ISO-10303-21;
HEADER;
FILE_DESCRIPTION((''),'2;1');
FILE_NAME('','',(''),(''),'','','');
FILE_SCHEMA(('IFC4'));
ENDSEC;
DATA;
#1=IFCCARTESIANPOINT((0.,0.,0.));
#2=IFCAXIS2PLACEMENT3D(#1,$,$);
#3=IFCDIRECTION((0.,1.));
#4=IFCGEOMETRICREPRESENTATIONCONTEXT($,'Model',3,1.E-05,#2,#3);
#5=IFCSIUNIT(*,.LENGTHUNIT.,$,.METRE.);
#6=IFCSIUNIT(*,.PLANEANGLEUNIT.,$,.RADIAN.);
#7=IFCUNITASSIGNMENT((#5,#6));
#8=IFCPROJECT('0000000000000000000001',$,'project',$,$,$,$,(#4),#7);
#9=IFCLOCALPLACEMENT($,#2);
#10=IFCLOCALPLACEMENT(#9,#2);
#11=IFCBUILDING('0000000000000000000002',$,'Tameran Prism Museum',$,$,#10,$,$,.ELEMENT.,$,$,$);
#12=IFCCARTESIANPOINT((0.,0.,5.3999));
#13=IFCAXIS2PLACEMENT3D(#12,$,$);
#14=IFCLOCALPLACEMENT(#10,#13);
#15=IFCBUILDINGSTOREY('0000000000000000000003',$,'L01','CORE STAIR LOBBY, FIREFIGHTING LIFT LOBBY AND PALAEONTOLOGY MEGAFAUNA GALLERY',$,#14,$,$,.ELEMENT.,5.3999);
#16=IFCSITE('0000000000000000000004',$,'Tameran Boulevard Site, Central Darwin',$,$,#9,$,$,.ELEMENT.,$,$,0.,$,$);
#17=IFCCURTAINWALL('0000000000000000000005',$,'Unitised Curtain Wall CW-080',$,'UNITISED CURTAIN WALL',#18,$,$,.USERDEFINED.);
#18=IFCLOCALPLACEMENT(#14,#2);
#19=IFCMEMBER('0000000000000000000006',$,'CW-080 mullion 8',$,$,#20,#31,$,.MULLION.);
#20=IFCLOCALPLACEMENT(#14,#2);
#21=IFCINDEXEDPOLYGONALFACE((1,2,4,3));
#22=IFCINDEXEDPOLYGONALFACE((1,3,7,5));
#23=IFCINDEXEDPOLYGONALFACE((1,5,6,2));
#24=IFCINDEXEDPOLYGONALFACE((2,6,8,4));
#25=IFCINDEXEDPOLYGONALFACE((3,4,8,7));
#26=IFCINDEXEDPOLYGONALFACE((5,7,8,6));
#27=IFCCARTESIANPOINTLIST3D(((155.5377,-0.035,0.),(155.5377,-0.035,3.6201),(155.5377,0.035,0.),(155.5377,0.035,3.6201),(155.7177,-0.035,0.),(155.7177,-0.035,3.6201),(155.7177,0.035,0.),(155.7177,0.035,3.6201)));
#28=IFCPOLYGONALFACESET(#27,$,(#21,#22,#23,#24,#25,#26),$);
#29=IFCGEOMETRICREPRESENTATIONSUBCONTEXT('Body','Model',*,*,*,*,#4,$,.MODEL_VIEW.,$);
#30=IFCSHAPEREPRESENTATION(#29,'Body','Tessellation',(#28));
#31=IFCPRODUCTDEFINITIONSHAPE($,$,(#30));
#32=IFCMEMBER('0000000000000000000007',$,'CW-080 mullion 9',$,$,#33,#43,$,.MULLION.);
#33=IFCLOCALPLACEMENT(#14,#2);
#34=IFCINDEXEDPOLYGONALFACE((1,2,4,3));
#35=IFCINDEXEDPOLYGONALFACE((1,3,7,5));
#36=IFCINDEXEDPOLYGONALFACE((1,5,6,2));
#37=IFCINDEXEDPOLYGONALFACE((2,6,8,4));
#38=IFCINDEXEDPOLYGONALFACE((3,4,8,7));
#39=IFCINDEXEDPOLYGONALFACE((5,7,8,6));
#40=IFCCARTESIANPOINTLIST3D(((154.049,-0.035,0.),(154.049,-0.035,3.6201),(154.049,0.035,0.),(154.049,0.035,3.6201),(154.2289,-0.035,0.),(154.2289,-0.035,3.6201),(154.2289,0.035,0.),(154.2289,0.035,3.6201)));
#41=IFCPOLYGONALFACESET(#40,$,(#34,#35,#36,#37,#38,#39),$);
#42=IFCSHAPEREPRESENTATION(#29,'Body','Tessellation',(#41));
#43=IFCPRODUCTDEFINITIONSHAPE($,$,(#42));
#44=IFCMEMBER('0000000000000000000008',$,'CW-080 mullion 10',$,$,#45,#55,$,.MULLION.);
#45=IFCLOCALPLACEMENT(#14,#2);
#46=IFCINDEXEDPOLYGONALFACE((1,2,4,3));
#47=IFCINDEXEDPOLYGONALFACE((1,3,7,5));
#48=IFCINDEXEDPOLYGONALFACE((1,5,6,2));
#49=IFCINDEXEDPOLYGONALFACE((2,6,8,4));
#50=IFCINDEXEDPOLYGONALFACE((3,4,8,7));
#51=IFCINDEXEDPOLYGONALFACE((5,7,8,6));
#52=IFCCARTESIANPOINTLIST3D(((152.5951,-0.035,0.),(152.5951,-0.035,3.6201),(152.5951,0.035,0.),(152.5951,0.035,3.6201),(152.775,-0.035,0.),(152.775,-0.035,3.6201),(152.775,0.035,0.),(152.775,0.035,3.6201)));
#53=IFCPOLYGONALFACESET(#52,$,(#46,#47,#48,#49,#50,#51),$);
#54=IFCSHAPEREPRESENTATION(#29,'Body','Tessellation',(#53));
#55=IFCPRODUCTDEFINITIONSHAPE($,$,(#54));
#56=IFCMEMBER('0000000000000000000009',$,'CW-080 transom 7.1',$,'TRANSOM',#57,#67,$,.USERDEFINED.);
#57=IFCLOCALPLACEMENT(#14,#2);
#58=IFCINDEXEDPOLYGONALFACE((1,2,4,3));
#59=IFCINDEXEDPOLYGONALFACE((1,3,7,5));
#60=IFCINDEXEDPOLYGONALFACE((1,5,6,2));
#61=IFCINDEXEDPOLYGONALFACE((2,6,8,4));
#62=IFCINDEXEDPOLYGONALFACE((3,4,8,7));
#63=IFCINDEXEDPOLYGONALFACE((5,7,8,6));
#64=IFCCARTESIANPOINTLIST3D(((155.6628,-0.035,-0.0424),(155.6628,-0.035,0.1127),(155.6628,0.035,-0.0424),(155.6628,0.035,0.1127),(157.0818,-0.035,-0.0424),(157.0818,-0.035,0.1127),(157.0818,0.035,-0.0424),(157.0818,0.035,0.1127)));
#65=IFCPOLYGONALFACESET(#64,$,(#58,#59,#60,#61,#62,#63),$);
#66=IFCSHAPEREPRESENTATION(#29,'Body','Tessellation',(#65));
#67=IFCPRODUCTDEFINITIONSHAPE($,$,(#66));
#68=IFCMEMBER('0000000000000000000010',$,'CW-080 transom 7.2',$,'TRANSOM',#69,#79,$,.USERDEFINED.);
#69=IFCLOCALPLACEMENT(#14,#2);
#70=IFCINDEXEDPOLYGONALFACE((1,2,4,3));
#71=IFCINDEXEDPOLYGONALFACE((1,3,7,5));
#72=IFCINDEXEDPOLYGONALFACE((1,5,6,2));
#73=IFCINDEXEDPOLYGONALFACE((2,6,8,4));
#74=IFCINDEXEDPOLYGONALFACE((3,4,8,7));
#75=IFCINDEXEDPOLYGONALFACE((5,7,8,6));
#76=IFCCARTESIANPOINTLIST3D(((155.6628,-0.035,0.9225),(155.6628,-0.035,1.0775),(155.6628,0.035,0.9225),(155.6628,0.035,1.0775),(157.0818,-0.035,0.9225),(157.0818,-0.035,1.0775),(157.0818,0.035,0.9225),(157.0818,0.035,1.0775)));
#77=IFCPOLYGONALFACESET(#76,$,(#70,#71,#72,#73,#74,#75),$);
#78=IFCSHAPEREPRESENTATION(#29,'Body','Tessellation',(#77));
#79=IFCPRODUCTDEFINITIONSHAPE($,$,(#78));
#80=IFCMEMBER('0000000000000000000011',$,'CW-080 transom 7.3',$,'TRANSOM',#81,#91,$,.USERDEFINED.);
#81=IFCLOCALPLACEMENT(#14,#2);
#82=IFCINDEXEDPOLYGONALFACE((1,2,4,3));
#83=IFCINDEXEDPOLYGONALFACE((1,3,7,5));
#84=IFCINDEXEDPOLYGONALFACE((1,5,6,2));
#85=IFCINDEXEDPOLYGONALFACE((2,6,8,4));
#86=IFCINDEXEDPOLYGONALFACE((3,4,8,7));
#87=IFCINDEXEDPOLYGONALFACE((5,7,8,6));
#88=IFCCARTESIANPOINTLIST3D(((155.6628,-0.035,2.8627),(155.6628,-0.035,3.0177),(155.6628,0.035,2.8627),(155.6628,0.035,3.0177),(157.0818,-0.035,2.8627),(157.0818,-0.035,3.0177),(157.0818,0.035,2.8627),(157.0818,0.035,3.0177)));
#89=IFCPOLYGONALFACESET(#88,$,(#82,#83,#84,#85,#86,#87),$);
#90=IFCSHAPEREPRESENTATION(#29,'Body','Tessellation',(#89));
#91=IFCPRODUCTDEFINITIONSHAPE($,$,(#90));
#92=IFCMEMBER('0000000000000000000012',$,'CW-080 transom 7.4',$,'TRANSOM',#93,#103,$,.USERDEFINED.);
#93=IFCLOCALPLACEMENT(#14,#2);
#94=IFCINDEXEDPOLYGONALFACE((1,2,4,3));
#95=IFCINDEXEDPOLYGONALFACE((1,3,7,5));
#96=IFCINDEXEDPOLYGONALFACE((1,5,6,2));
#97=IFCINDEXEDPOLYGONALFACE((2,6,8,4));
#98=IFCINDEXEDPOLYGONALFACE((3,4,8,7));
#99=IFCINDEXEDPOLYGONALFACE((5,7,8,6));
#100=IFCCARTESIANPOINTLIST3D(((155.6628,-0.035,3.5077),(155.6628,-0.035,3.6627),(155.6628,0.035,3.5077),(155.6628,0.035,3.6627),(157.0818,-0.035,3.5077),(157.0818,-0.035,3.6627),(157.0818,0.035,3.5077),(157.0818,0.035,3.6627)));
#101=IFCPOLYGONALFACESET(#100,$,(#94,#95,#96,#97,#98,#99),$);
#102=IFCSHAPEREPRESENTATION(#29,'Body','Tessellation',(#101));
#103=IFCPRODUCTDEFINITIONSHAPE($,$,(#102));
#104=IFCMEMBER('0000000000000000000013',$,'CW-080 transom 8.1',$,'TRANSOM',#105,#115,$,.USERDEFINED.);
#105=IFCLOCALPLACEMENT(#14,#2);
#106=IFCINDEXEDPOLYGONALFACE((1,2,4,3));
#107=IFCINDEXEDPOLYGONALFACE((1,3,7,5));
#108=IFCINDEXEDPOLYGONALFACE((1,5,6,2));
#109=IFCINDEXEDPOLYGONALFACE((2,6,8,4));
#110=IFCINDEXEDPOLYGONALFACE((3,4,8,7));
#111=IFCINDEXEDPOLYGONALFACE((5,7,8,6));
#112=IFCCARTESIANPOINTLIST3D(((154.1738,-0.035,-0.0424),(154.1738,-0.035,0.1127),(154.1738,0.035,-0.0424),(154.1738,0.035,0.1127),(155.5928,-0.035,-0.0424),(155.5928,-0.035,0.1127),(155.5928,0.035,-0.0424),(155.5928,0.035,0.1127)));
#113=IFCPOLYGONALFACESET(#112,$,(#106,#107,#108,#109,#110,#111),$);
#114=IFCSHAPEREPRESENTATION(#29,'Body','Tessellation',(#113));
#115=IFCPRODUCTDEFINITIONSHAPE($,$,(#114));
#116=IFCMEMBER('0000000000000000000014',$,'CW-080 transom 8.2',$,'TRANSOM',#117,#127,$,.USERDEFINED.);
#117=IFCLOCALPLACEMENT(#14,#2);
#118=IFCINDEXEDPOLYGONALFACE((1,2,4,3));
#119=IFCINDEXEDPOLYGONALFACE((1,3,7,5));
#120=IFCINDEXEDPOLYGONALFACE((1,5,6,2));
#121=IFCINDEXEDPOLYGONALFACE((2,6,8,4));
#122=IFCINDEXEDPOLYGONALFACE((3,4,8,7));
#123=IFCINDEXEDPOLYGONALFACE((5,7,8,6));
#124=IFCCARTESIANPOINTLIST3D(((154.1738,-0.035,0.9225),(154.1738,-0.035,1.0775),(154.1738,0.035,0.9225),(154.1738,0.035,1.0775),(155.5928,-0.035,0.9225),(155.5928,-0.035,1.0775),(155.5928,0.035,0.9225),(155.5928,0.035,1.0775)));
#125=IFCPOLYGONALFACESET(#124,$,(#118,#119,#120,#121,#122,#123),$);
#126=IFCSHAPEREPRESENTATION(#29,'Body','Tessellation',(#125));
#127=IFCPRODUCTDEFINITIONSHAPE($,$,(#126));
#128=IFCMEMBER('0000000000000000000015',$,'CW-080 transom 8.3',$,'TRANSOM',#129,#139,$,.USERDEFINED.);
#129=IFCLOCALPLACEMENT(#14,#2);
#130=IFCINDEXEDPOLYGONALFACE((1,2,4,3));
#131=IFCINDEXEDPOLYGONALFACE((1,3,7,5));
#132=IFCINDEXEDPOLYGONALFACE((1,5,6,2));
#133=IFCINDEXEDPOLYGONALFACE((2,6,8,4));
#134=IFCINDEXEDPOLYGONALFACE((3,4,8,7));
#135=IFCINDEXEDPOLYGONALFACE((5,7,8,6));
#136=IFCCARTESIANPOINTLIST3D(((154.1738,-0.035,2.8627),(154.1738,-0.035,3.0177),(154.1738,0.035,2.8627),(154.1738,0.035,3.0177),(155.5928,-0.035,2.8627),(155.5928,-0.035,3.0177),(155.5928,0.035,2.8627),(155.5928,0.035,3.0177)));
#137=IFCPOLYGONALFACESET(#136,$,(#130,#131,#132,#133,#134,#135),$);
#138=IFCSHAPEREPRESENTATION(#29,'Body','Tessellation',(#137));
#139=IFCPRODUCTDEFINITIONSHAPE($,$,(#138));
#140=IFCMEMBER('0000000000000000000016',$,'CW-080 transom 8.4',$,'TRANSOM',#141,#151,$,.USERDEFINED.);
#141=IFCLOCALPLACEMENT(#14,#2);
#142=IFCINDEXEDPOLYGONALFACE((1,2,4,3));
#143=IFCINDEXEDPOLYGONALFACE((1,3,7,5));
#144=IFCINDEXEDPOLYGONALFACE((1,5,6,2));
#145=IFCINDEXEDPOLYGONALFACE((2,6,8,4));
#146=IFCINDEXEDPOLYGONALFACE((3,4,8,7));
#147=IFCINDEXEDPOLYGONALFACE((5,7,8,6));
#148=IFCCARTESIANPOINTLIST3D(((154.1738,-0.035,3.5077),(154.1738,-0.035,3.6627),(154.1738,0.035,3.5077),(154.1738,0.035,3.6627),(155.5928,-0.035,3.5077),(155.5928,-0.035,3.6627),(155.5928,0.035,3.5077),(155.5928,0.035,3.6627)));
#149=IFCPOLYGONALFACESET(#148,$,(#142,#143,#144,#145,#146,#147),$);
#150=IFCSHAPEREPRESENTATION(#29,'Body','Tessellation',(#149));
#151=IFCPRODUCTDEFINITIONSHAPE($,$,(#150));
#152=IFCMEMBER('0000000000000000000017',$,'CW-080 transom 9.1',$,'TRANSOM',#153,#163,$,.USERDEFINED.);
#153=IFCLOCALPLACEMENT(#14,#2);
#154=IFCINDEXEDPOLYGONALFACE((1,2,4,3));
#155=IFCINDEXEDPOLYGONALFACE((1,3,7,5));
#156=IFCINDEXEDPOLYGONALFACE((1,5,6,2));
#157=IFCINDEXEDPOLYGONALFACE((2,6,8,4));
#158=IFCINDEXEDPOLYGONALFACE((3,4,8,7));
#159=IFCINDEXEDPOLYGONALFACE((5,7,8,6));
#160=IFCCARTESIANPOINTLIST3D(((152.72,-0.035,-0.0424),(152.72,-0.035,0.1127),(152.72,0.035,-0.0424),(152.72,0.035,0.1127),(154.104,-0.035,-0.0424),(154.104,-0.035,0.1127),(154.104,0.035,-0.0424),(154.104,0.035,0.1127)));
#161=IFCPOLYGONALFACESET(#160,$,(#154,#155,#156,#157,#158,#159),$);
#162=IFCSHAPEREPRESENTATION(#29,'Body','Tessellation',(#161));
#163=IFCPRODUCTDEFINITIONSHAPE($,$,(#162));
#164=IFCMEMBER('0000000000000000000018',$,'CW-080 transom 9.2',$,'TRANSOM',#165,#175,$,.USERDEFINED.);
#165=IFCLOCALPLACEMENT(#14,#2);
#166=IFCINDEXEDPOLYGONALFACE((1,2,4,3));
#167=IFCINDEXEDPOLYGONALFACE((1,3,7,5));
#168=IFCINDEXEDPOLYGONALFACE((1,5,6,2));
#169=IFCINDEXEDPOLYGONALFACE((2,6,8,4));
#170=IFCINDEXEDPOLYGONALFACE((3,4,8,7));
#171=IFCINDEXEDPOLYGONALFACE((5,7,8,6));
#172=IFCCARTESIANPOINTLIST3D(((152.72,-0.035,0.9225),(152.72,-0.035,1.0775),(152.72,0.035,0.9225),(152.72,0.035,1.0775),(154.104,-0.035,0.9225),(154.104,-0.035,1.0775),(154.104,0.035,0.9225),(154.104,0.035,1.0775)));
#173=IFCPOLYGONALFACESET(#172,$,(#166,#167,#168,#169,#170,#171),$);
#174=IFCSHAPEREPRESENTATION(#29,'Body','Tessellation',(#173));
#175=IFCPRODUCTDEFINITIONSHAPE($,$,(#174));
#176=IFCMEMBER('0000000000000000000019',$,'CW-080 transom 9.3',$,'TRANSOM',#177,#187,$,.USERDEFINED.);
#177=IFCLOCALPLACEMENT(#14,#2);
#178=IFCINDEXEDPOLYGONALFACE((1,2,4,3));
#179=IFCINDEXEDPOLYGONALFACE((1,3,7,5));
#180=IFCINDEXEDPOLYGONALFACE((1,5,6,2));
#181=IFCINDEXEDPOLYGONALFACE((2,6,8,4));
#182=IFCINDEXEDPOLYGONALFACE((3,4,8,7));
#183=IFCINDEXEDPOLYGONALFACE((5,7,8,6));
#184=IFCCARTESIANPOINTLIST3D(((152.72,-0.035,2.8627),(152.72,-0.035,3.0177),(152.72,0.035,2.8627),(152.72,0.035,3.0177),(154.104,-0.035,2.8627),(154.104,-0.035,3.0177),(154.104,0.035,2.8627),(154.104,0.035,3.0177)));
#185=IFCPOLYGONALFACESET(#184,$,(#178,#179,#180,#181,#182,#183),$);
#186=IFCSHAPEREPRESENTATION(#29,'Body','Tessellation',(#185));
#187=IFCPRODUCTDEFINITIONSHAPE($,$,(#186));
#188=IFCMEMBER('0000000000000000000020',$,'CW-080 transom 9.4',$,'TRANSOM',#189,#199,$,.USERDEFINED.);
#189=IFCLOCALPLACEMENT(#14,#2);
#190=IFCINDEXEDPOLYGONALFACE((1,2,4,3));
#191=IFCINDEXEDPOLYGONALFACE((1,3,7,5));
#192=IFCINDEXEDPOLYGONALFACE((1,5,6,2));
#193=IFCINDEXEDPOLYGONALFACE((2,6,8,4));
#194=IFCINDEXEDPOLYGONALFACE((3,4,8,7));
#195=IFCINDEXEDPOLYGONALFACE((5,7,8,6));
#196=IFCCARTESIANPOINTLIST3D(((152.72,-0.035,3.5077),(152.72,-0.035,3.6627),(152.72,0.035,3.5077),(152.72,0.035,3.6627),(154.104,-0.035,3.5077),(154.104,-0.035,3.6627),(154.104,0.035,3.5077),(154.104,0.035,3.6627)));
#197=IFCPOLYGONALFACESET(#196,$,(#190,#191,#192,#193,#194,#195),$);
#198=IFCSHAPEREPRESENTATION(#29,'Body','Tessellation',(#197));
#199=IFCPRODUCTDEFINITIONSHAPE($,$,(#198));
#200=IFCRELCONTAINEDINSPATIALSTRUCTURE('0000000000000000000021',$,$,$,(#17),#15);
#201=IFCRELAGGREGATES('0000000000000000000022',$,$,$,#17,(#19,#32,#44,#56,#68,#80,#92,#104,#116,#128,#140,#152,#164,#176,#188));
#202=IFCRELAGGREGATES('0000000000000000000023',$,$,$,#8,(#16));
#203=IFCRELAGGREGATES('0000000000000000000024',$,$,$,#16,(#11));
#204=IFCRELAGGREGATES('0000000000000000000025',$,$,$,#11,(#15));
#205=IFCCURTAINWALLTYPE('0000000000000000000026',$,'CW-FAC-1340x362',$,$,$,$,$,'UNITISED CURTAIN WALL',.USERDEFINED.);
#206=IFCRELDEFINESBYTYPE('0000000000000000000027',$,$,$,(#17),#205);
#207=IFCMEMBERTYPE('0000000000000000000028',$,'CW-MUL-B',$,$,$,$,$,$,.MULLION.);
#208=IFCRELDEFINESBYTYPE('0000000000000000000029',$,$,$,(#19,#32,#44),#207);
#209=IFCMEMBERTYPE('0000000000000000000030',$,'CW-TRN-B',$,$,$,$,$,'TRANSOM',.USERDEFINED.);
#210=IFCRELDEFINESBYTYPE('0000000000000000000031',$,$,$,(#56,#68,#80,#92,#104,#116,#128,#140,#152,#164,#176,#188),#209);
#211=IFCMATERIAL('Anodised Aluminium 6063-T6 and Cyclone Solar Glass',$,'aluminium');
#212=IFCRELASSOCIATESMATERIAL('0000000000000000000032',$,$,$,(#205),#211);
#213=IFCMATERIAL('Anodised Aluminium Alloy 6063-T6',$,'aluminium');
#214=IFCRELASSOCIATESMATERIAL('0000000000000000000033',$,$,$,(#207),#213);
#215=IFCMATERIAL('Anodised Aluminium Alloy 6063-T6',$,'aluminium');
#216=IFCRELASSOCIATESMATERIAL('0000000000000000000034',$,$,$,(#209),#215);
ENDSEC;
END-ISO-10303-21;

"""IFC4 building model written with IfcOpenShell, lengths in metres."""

from ifc_helpers import new_model, si_unit, direction, frame, origin, origin_2d, place, context, subcontext, project, spatial, rectangle, extrude, material, material_profile, profile_set, type_object, element, aggregate, save


model = new_model("IFC4")

# Units and contexts
model_context = context("Model", 3, precision=1e-05, world=origin(), true_north=direction((0.0, 1.0)))
body_context = subcontext(model_context, "Body", "Model", "MODEL_VIEW")
ifc_project = project(units=[si_unit("LENGTHUNIT", "METRE"), si_unit("PLANEANGLEUNIT", "RADIAN")], contexts=[model_context])

# Site, building, storey
site_placement = place(None, origin())
site = spatial("IfcSite", under=ifc_project, at=site_placement, Name="Tameran Boulevard Site, Central Darwin", CompositionType="ELEMENT", RefElevation=0.0)
building_placement = place(site_placement, origin())
building = spatial("IfcBuilding", under=site, at=building_placement, Name="Tameran Prism Museum", CompositionType="ELEMENT")
storey_placement = place(building_placement, frame((0.0, 0.0, 5.3999)))
storey = spatial("IfcBuildingStorey", under=building, at=storey_placement, Name="L01", Description="CORE STAIR LOBBY, FIREFIGHTING LIFT LOBBY AND PALAEONTOLOGY MEGAFAUNA GALLERY", CompositionType="ELEMENT", Elevation=5.3999)

# Curtain wall, members
ifc_material_1 = material(Name="Anodised Aluminium 6063-T6 and Cyclone Solar Glass", Category="aluminium")
curtain_wall_type_1 = type_object("IfcCurtainWallType", Name="CW-FAC-1340x362", ElementType="UNITISED CURTAIN WALL", PredefinedType="USERDEFINED", material=ifc_material_1)
curtain_wall_1_placement = place(storey_placement, origin())
curtain_wall_1 = element("IfcCurtainWall", 1, at=curtain_wall_1_placement, inside=storey, type_object=curtain_wall_type_1, Name="Unitised Curtain Wall CW-080", ObjectType="UNITISED CURTAIN WALL", PredefinedType="USERDEFINED")
ifc_material_2 = material(Name="Anodised Aluminium Alloy 6063-T6", Category="aluminium")
ifc_material_profile_1 = material_profile(ifc_material_2, rectangle(XDim=0.0701, YDim=0.1799, at=origin_2d()))
ifc_profile_set_1 = profile_set([ifc_material_profile_1])
member_type_1 = type_object("IfcMemberType", Name="CW-MUL-B", PredefinedType="MULLION", material=ifc_profile_set_1)
member_1_placement = place(storey_placement, frame((155.6277, 0.0, 0.0), z_axis=(0.0, 0.0, 1.0), x_axis=(0.0, -1.0, 0.0)))
member_1 = element("IfcMember", 2, at=member_1_placement, type_object=member_type_1, Name="CW-080 mullion 8", PredefinedType="MULLION", context=body_context, shape_type="SweptSolid", body=[
    extrude(rectangle(XDim=0.0701, YDim=0.1799, at=origin_2d()), origin(), (0.0, 0.0, 1.0), 3.6201),
])
member_2_placement = place(storey_placement, frame((154.1389, 0.0, 0.0), z_axis=(0.0, 0.0, 1.0), x_axis=(0.0, -1.0, 0.0)))
member_2 = element("IfcMember", 3, at=member_2_placement, type_object=member_type_1, Name="CW-080 mullion 9", PredefinedType="MULLION", context=body_context, shape_type="SweptSolid", body=[
    extrude(rectangle(XDim=0.0701, YDim=0.1799, at=origin_2d()), origin(), (0.0, 0.0, 1.0), 3.6201),
])
member_3_placement = place(storey_placement, frame((152.6851, 0.0, 0.0), z_axis=(0.0, 0.0, 1.0), x_axis=(0.0, -1.0, 0.0)))
member_3 = element("IfcMember", 4, at=member_3_placement, type_object=member_type_1, Name="CW-080 mullion 10", PredefinedType="MULLION", context=body_context, shape_type="SweptSolid", body=[
    extrude(rectangle(XDim=0.0701, YDim=0.1799, at=origin_2d()), origin(), (0.0, 0.0, 1.0), 3.6201),
])
ifc_material_3 = material(Name="Anodised Aluminium Alloy 6063-T6", Category="aluminium")
ifc_material_profile_2 = material_profile(ifc_material_3, rectangle(XDim=0.0701, YDim=0.155, at=origin_2d()))
ifc_profile_set_2 = profile_set([ifc_material_profile_2])
member_type_2 = type_object("IfcMemberType", Name="CW-TRN-B", ElementType="TRANSOM", PredefinedType="USERDEFINED", material=ifc_profile_set_2)
member_4_placement = place(storey_placement, frame((157.0818, 0.0, 0.0352), z_axis=(-1.0, 0.0, 0.0), x_axis=(0.0, -1.0, 0.0)))
member_4 = element("IfcMember", 5, at=member_4_placement, type_object=member_type_2, Name="CW-080 transom 7.1", ObjectType="TRANSOM", PredefinedType="USERDEFINED", context=body_context, shape_type="SweptSolid", body=[
    extrude(rectangle(XDim=0.0701, YDim=0.155, at=origin_2d()), origin(), (0.0, 0.0, 1.0), 1.4189),
])
member_5_placement = place(storey_placement, frame((157.0818, 0.0, 1.0), z_axis=(-1.0, 0.0, 0.0), x_axis=(0.0, -1.0, 0.0)))
member_5 = element("IfcMember", 6, at=member_5_placement, type_object=member_type_2, Name="CW-080 transom 7.2", ObjectType="TRANSOM", PredefinedType="USERDEFINED", context=body_context, shape_type="SweptSolid", body=[
    extrude(rectangle(XDim=0.0701, YDim=0.155, at=origin_2d()), origin(), (0.0, 0.0, 1.0), 1.4189),
])
member_6_placement = place(storey_placement, frame((157.0818, 0.0, 2.9402), z_axis=(-1.0, 0.0, 0.0), x_axis=(0.0, -1.0, 0.0)))
member_6 = element("IfcMember", 7, at=member_6_placement, type_object=member_type_2, Name="CW-080 transom 7.3", ObjectType="TRANSOM", PredefinedType="USERDEFINED", context=body_context, shape_type="SweptSolid", body=[
    extrude(rectangle(XDim=0.0701, YDim=0.155, at=origin_2d()), origin(), (0.0, 0.0, 1.0), 1.4189),
])
member_7_placement = place(storey_placement, frame((157.0818, 0.0, 3.5852), z_axis=(-1.0, 0.0, 0.0), x_axis=(0.0, -1.0, 0.0)))
member_7 = element("IfcMember", 8, at=member_7_placement, type_object=member_type_2, Name="CW-080 transom 7.4", ObjectType="TRANSOM", PredefinedType="USERDEFINED", context=body_context, shape_type="SweptSolid", body=[
    extrude(rectangle(XDim=0.0701, YDim=0.155, at=origin_2d()), origin(), (0.0, 0.0, 1.0), 1.4189),
])
member_8_placement = place(storey_placement, frame((155.5928, 0.0, 0.0352), z_axis=(-1.0, 0.0, 0.0), x_axis=(0.0, -1.0, 0.0)))
member_8 = element("IfcMember", 9, at=member_8_placement, type_object=member_type_2, Name="CW-080 transom 8.1", ObjectType="TRANSOM", PredefinedType="USERDEFINED", context=body_context, shape_type="SweptSolid", body=[
    extrude(rectangle(XDim=0.0701, YDim=0.155, at=origin_2d()), origin(), (0.0, 0.0, 1.0), 1.4189),
])
member_9_placement = place(storey_placement, frame((155.5928, 0.0, 1.0), z_axis=(-1.0, 0.0, 0.0), x_axis=(0.0, -1.0, 0.0)))
member_9 = element("IfcMember", 10, at=member_9_placement, type_object=member_type_2, Name="CW-080 transom 8.2", ObjectType="TRANSOM", PredefinedType="USERDEFINED", context=body_context, shape_type="SweptSolid", body=[
    extrude(rectangle(XDim=0.0701, YDim=0.155, at=origin_2d()), origin(), (0.0, 0.0, 1.0), 1.4189),
])
member_10_placement = place(storey_placement, frame((155.5928, 0.0, 2.9402), z_axis=(-1.0, 0.0, 0.0), x_axis=(0.0, -1.0, 0.0)))
member_10 = element("IfcMember", 11, at=member_10_placement, type_object=member_type_2, Name="CW-080 transom 8.3", ObjectType="TRANSOM", PredefinedType="USERDEFINED", context=body_context, shape_type="SweptSolid", body=[
    extrude(rectangle(XDim=0.0701, YDim=0.155, at=origin_2d()), origin(), (0.0, 0.0, 1.0), 1.4189),
])
member_11_placement = place(storey_placement, frame((155.5928, 0.0, 3.5852), z_axis=(-1.0, 0.0, 0.0), x_axis=(0.0, -1.0, 0.0)))
member_11 = element("IfcMember", 12, at=member_11_placement, type_object=member_type_2, Name="CW-080 transom 8.4", ObjectType="TRANSOM", PredefinedType="USERDEFINED", context=body_context, shape_type="SweptSolid", body=[
    extrude(rectangle(XDim=0.0701, YDim=0.155, at=origin_2d()), origin(), (0.0, 0.0, 1.0), 1.4189),
])
member_12_placement = place(storey_placement, frame((154.104, 0.0, 0.0352), z_axis=(-1.0, 0.0, 0.0), x_axis=(0.0, -1.0, 0.0)))
member_12 = element("IfcMember", 13, at=member_12_placement, type_object=member_type_2, Name="CW-080 transom 9.1", ObjectType="TRANSOM", PredefinedType="USERDEFINED", context=body_context, shape_type="SweptSolid", body=[
    extrude(rectangle(XDim=0.0701, YDim=0.155, at=origin_2d()), origin(), (0.0, 0.0, 1.0), 1.384),
])
member_13_placement = place(storey_placement, frame((154.104, 0.0, 1.0), z_axis=(-1.0, 0.0, 0.0), x_axis=(0.0, -1.0, 0.0)))
member_13 = element("IfcMember", 14, at=member_13_placement, type_object=member_type_2, Name="CW-080 transom 9.2", ObjectType="TRANSOM", PredefinedType="USERDEFINED", context=body_context, shape_type="SweptSolid", body=[
    extrude(rectangle(XDim=0.0701, YDim=0.155, at=origin_2d()), origin(), (0.0, 0.0, 1.0), 1.384),
])
member_14_placement = place(storey_placement, frame((154.104, 0.0, 2.9402), z_axis=(-1.0, 0.0, 0.0), x_axis=(0.0, -1.0, 0.0)))
member_14 = element("IfcMember", 15, at=member_14_placement, type_object=member_type_2, Name="CW-080 transom 9.3", ObjectType="TRANSOM", PredefinedType="USERDEFINED", context=body_context, shape_type="SweptSolid", body=[
    extrude(rectangle(XDim=0.0701, YDim=0.155, at=origin_2d()), origin(), (0.0, 0.0, 1.0), 1.384),
])
member_15_placement = place(storey_placement, frame((154.104, 0.0, 3.5852), z_axis=(-1.0, 0.0, 0.0), x_axis=(0.0, -1.0, 0.0)))
member_15 = element("IfcMember", 16, at=member_15_placement, type_object=member_type_2, Name="CW-080 transom 9.4", ObjectType="TRANSOM", PredefinedType="USERDEFINED", context=body_context, shape_type="SweptSolid", body=[
    extrude(rectangle(XDim=0.0701, YDim=0.155, at=origin_2d()), origin(), (0.0, 0.0, 1.0), 1.384),
])
aggregate(curtain_wall_1, [member_1, member_2, member_3, member_4, member_5, member_6, member_7, member_8, member_9, member_10, member_11, member_12, member_13, member_14, member_15])

save(model, "model.ifc")
